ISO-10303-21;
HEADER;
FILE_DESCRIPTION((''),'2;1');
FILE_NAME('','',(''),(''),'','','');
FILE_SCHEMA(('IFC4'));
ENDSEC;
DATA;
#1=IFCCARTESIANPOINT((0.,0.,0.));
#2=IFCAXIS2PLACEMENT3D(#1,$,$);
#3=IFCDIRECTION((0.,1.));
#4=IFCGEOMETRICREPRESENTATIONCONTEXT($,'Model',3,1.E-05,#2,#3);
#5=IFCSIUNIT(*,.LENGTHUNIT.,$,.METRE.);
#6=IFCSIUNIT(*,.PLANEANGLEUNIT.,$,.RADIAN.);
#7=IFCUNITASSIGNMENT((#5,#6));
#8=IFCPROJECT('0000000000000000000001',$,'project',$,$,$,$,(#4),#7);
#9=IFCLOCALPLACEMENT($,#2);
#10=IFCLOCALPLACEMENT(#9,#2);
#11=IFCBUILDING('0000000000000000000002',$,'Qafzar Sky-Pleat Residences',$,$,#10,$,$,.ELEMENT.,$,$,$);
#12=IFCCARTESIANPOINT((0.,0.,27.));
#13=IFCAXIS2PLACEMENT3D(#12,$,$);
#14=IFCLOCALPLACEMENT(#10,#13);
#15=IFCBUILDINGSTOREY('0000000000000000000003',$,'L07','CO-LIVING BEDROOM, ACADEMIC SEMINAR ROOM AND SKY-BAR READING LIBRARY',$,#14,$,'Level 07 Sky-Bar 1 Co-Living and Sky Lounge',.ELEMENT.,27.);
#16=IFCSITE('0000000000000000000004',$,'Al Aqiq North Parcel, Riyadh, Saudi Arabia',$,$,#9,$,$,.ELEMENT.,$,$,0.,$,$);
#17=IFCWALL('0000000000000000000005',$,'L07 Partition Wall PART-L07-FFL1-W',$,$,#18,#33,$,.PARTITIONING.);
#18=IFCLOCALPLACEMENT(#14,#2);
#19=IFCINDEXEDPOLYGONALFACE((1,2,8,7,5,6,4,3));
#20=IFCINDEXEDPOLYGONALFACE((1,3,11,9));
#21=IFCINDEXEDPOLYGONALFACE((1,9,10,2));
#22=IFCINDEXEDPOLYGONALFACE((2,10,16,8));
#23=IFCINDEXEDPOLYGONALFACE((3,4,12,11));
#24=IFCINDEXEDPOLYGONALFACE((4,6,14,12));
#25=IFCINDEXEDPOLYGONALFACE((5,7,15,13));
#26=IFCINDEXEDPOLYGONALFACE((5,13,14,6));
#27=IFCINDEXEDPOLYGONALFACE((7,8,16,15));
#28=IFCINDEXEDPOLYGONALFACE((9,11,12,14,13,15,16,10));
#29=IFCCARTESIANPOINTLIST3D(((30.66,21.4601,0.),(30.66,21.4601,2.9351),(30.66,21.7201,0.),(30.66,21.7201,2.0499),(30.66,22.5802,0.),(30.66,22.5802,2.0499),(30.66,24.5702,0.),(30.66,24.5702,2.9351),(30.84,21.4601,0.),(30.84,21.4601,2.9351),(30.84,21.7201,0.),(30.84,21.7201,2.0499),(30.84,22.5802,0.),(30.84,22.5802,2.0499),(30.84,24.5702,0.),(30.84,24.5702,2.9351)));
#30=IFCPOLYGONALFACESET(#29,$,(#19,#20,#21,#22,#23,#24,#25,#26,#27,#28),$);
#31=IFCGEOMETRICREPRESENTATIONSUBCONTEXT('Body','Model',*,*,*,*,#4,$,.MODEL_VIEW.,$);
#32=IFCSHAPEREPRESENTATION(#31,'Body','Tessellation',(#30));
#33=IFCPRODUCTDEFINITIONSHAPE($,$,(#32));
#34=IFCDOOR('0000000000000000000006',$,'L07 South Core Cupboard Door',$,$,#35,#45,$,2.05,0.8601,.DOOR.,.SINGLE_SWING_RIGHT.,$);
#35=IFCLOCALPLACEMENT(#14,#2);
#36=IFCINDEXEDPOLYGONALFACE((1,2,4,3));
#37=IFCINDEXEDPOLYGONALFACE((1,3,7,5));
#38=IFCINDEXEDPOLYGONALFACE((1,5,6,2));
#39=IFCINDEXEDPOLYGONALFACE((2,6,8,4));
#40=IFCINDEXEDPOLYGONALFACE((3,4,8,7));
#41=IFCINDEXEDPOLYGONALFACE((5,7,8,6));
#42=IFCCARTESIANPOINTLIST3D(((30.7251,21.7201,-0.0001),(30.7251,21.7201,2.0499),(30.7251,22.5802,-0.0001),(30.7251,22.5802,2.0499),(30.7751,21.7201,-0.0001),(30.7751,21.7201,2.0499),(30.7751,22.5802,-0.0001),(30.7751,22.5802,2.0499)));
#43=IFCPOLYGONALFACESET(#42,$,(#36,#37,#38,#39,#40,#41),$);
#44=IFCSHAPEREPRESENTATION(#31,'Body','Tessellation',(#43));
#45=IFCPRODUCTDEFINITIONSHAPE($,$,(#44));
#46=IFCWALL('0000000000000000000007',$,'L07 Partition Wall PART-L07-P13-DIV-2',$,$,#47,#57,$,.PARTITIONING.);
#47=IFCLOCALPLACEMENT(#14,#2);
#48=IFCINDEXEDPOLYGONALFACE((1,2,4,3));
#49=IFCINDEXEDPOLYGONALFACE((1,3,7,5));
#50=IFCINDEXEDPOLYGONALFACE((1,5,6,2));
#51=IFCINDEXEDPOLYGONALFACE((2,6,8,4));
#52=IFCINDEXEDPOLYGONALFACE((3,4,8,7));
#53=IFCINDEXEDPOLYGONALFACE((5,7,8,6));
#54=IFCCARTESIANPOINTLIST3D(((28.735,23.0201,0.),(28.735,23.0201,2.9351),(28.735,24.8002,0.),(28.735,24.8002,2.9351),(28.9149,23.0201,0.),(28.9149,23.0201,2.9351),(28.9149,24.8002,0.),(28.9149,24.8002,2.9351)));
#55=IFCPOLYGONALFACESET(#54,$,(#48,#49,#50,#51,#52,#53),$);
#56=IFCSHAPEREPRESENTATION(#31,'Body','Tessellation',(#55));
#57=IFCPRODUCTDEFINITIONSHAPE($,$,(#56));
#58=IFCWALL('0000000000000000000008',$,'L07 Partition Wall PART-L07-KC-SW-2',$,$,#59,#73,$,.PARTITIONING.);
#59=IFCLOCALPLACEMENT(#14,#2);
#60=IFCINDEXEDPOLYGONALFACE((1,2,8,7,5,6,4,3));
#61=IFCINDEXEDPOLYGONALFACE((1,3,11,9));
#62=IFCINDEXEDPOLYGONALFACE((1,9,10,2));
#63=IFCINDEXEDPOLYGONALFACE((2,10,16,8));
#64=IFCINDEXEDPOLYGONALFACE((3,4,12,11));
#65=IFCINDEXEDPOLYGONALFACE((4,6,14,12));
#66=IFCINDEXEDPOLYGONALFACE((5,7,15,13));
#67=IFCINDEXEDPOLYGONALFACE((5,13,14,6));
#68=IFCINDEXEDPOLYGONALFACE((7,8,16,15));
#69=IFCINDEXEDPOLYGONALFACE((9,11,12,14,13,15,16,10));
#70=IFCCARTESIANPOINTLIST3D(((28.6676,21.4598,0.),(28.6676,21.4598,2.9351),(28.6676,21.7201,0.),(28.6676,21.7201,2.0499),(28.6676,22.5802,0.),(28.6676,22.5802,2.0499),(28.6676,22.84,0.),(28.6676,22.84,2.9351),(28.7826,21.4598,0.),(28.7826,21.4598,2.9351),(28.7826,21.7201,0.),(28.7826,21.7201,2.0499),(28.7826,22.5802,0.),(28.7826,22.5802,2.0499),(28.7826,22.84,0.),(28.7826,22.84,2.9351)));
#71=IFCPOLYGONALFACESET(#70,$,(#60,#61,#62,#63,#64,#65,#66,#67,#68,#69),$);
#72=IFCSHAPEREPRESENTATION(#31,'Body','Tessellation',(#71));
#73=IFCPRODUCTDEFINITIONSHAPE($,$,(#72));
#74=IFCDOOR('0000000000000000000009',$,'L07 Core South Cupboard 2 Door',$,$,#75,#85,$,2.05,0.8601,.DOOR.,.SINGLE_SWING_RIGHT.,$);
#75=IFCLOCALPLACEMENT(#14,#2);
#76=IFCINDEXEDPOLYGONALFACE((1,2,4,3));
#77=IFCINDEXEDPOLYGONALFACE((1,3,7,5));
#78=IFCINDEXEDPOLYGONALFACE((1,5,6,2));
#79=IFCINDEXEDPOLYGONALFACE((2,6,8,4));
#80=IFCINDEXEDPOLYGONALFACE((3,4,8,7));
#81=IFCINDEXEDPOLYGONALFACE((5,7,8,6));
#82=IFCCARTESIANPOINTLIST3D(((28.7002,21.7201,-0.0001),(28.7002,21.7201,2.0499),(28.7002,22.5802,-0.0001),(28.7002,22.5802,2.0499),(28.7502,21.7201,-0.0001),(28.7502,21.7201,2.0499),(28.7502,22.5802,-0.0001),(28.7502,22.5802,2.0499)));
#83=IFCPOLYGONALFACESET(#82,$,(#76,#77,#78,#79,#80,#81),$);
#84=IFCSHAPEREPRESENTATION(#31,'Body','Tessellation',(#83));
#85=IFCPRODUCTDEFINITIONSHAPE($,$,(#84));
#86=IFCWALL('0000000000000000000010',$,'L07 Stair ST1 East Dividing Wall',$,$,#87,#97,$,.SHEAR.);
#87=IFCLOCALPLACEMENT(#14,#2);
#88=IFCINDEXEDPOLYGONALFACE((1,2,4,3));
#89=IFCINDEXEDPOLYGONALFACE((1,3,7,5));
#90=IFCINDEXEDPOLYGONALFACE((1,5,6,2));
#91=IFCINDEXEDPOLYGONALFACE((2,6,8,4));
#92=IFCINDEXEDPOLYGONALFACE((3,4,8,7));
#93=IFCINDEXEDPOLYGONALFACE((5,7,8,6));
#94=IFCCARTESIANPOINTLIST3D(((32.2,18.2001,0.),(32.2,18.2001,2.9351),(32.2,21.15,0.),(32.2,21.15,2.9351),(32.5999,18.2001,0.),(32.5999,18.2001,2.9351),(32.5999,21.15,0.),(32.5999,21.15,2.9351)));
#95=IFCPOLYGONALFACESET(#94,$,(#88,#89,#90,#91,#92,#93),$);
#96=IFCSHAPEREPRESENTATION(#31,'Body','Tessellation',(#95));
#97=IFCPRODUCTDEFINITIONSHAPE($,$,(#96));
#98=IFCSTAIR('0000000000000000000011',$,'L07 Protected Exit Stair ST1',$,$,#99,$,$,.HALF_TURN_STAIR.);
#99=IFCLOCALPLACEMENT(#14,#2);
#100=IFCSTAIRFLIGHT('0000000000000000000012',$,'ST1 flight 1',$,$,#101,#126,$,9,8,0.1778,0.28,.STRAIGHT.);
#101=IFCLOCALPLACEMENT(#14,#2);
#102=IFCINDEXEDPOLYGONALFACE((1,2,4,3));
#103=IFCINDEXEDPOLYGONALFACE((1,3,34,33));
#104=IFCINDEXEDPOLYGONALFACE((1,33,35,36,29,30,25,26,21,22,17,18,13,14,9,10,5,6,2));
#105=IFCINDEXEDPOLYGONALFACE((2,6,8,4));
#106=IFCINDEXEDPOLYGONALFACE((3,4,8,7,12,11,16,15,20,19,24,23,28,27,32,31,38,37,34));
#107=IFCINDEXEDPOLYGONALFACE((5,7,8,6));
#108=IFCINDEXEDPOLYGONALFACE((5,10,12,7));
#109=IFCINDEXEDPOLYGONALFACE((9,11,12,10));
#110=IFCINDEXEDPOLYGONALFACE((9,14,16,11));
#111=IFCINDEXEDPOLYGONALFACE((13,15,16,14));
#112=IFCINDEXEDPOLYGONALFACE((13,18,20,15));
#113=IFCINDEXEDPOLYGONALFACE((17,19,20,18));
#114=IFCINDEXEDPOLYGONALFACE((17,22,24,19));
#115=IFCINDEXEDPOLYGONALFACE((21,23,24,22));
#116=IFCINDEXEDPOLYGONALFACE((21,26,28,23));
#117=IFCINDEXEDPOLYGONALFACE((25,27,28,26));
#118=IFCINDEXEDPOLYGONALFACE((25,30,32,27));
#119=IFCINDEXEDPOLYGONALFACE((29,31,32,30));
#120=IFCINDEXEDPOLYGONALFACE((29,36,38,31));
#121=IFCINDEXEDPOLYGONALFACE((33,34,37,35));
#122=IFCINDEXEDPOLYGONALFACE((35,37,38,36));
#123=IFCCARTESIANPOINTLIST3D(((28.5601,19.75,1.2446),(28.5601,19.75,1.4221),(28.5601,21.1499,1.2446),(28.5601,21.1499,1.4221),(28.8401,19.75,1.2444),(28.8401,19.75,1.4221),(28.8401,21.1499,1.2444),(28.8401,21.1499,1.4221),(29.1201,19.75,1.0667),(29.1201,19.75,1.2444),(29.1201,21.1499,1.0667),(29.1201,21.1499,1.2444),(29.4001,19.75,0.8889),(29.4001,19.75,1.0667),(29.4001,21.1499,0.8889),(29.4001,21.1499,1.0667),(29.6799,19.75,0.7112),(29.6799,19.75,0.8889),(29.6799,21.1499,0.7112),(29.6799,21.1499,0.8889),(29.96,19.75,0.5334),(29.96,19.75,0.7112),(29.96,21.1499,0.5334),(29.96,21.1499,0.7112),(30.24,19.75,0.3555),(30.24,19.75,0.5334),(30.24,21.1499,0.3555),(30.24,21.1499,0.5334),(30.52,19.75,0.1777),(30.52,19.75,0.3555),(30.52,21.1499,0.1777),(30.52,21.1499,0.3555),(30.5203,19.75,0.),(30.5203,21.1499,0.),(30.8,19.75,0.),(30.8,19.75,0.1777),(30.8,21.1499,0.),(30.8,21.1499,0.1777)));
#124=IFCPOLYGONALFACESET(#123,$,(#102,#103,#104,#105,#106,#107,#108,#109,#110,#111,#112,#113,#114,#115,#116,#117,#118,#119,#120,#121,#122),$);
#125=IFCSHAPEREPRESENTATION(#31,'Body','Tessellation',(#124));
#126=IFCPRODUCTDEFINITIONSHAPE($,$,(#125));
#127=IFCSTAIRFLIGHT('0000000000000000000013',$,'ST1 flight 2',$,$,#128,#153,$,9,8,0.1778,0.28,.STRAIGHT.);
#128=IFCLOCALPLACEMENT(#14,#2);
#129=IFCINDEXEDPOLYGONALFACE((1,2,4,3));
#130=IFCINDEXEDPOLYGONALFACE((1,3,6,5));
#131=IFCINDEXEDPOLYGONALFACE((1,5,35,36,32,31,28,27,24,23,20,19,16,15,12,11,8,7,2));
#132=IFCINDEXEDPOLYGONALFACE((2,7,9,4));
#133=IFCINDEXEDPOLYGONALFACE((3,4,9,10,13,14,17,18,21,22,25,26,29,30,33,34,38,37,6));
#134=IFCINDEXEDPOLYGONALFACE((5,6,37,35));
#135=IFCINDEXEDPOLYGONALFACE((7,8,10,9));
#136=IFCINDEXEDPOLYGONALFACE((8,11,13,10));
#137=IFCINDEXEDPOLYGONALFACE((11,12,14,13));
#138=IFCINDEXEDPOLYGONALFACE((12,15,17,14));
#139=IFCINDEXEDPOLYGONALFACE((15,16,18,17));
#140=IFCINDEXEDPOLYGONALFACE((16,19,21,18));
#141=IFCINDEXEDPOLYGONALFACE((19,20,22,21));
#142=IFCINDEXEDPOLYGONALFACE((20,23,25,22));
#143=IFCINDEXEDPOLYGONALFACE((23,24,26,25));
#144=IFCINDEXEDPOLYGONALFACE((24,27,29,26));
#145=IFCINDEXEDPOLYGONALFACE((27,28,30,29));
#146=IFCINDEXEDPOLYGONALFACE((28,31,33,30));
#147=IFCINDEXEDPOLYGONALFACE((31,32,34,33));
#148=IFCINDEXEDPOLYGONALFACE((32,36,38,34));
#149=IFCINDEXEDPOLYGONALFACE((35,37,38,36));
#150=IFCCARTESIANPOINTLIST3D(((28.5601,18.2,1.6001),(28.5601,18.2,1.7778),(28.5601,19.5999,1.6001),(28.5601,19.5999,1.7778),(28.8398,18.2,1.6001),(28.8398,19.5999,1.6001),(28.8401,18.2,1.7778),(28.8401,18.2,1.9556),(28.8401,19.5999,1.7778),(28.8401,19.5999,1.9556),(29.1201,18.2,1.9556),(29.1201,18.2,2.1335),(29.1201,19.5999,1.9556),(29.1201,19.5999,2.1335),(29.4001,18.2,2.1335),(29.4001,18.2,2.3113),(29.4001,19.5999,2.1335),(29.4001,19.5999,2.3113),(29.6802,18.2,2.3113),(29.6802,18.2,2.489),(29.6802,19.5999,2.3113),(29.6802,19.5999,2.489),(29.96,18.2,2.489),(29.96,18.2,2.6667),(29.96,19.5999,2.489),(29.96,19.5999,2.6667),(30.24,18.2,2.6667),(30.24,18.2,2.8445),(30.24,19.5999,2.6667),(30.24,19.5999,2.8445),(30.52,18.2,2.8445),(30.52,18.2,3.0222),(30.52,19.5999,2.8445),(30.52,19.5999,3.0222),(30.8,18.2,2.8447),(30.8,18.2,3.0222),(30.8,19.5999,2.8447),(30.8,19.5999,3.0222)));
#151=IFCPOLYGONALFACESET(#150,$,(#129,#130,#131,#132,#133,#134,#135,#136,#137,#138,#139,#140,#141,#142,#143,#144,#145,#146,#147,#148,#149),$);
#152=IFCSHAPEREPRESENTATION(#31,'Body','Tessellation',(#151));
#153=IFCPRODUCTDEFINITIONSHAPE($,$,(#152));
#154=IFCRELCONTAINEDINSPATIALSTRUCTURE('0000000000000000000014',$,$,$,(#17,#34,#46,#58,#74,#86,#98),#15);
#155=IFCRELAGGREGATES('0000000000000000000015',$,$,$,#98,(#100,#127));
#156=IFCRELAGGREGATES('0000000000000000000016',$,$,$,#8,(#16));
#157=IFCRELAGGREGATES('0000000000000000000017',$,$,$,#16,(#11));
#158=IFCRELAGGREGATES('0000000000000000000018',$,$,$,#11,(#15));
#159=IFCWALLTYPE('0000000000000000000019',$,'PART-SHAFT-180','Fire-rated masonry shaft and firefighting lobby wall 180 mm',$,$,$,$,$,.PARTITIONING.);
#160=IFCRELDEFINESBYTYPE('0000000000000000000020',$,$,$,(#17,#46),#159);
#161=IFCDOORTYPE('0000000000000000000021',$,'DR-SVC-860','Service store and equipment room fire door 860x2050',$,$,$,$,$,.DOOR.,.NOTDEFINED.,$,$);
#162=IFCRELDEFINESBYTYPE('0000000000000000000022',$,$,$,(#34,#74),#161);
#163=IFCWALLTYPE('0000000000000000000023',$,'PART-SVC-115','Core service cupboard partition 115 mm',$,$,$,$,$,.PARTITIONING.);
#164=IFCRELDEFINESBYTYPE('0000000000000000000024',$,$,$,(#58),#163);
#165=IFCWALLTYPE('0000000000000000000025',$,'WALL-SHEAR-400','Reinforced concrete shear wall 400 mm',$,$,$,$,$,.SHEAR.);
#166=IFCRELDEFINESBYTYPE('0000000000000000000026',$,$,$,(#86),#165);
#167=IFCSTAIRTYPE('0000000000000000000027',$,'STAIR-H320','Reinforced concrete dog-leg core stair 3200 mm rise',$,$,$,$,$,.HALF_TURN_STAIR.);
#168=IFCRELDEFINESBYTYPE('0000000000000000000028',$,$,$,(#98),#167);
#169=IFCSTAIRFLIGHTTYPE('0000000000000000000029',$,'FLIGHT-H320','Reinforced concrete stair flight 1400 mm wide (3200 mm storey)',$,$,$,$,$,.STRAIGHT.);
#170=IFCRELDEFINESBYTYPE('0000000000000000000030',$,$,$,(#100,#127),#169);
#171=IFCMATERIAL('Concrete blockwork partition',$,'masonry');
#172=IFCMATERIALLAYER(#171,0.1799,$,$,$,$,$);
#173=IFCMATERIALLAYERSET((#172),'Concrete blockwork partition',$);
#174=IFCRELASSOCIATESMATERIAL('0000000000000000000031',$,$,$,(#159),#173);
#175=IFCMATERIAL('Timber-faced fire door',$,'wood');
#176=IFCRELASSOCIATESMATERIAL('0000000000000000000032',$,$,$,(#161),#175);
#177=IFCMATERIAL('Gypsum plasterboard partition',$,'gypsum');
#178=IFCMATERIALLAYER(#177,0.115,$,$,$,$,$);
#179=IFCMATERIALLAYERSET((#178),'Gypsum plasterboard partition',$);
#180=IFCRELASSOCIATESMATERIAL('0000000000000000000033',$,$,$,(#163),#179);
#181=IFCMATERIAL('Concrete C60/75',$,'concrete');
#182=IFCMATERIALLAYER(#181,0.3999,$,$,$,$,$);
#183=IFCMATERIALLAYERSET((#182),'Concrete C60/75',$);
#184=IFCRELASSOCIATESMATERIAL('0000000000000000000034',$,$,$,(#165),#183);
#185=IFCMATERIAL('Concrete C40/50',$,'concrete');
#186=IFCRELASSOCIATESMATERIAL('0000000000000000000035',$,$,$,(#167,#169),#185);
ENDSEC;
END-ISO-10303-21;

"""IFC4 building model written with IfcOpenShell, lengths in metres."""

from ifc_helpers import new_model, si_unit, direction, frame, frame_2d, origin, place, context, subcontext, project, spatial, polyline, rectangle, outline, extrude, source, transform, mapped, material, layer, layer_set, type_object, element, fill, aggregate, save


model = new_model("IFC4")

# Units and contexts
model_context = context("Model", 3, precision=1e-05, world=origin(), true_north=direction((0.0, 1.0)))
body_context = subcontext(model_context, "Body", "Model", "MODEL_VIEW")
ifc_project = project(units=[si_unit("LENGTHUNIT", "METRE"), si_unit("PLANEANGLEUNIT", "RADIAN")], contexts=[model_context])

# Site, building, storey
site_placement = place(None, origin())
site = spatial("IfcSite", under=ifc_project, at=site_placement, Name="Al Aqiq North Parcel, Riyadh, Saudi Arabia", CompositionType="ELEMENT", RefElevation=0.0)
building_placement = place(site_placement, origin())
building = spatial("IfcBuilding", under=site, at=building_placement, Name="Qafzar Sky-Pleat Residences", CompositionType="ELEMENT")
storey_placement = place(building_placement, frame((0.0, 0.0, 27.0)))
storey = spatial("IfcBuildingStorey", under=building, at=storey_placement, Name="L07", Description="CO-LIVING BEDROOM, ACADEMIC SEMINAR ROOM AND SKY-BAR READING LIBRARY", LongName="Level 07 Sky-Bar 1 Co-Living and Sky Lounge", CompositionType="ELEMENT", Elevation=27.0)

# Wall, opening, door
ifc_material_1 = material(Name="Concrete blockwork partition", Category="masonry")
ifc_layer_1 = layer(ifc_material_1, 0.1799)
ifc_layer_set_1 = layer_set([ifc_layer_1], Name="Concrete blockwork partition")
wall_type_1 = type_object("IfcWallType", Name="PART-SHAFT-180", Description="Fire-rated masonry shaft and firefighting lobby wall 180 mm", PredefinedType="PARTITIONING", material=ifc_layer_set_1)
wall_1_placement = place(storey_placement, frame((30.75, 21.46, 0.0), z_axis=(0.0, 0.0, 1.0), x_axis=(0.0, 1.0, 0.0)))
wall_1 = element("IfcWall", 1, at=wall_1_placement, inside=storey, type_object=wall_type_1, Name="L07 Partition Wall PART-L07-FFL1-W", PredefinedType="PARTITIONING", context=body_context, shape_type="SweptSolid", body=[
    extrude(rectangle(XDim=3.1101, YDim=0.1799, at=frame_2d((1.5552, 0.0))), origin(), (0.0, 0.0, 1.0), 2.9351),
])
opening_1_placement = place(wall_1_placement, frame((0.26, 0.0, 0.0)))
opening_1 = element("IfcOpeningElement", 2, at=opening_1_placement, cuts=wall_1, PredefinedType="OPENING", context=body_context, shape_type="SweptSolid", body=[
    extrude(rectangle(XDim=0.8601, YDim=2.05, at=frame_2d((0.4302, 1.0249))), frame((0.0, 0.1001, 0.0), z_axis=(0.0, -1.0, 0.0), x_axis=(1.0, 0.0, 0.0)), (0.0, 0.0, 1.0), 0.2),
])
ifc_material_2 = material(Name="Timber-faced fire door", Category="wood")
door_type_1 = type_object("IfcDoorType", Name="DR-SVC-860", Description="Service store and equipment room fire door 860x2050", OperationType="NOTDEFINED", PredefinedType="DOOR", material=ifc_material_2)
shared_shape_1 = source(origin(), body_context, "Body", "SweptSolid", [
    extrude(rectangle(XDim=0.8601, YDim=2.05, at=frame_2d((0.4302, 1.0249))), frame((0.0, 0.0249, 0.0), z_axis=(0.0, -1.0, 0.0), x_axis=(1.0, 0.0, 0.0)), (0.0, 0.0, 1.0), 0.05),
])
door_1_placement = place(opening_1_placement, origin())
door_1 = element("IfcDoor", 3, at=door_1_placement, inside=storey, type_object=door_type_1, Name="L07 South Core Cupboard Door", OperationType="SINGLE_SWING_RIGHT", OverallHeight=2.05, OverallWidth=0.8601, PredefinedType="DOOR", context=body_context, shape_type="MappedRepresentation", body=[
    mapped(shared_shape_1, transform((0.0, 0.0, 0.0), x_axis=(1.0, 0.0, 0.0), y_axis=(0.0, 1.0, 0.0), z_axis=(0.0, 0.0, 1.0), scale=1.0)),
])
fill(opening_1, door_1)

# Wall
wall_2_placement = place(storey_placement, frame((28.825, 23.02, 0.0), z_axis=(0.0, 0.0, 1.0), x_axis=(0.0, 1.0, 0.0)))
element("IfcWall", 4, at=wall_2_placement, inside=storey, type_object=wall_type_1, Name="L07 Partition Wall PART-L07-P13-DIV-2", PredefinedType="PARTITIONING", context=body_context, shape_type="SweptSolid", body=[
    extrude(rectangle(XDim=1.78, YDim=0.1799, at=frame_2d((0.8901, 0.0))), origin(), (0.0, 0.0, 1.0), 2.9351),
])

# Wall, opening, door
ifc_material_3 = material(Name="Gypsum plasterboard partition", Category="gypsum")
ifc_layer_2 = layer(ifc_material_3, 0.115)
ifc_layer_set_2 = layer_set([ifc_layer_2], Name="Gypsum plasterboard partition")
wall_type_2 = type_object("IfcWallType", Name="PART-SVC-115", Description="Core service cupboard partition 115 mm", PredefinedType="PARTITIONING", material=ifc_layer_set_2)
wall_3_placement = place(storey_placement, frame((28.7251, 21.46, 0.0), z_axis=(0.0, 0.0, 1.0), x_axis=(0.0, 1.0, 0.0)))
wall_3 = element("IfcWall", 5, at=wall_3_placement, inside=storey, type_object=wall_type_2, Name="L07 Partition Wall PART-L07-KC-SW-2", PredefinedType="PARTITIONING", context=body_context, shape_type="SweptSolid", body=[
    extrude(rectangle(XDim=1.3801, YDim=0.115, at=frame_2d((0.6899, 0.0))), origin(), (0.0, 0.0, 1.0), 2.9351),
])
opening_2_placement = place(wall_3_placement, frame((0.26, 0.0, 0.0)))
opening_2 = element("IfcOpeningElement", 6, at=opening_2_placement, cuts=wall_3, PredefinedType="OPENING", context=body_context, shape_type="SweptSolid", body=[
    extrude(rectangle(XDim=0.8601, YDim=2.05, at=frame_2d((0.4302, 1.0249))), frame((0.0, 0.0674, 0.0), z_axis=(0.0, -1.0, 0.0), x_axis=(1.0, 0.0, 0.0)), (0.0, 0.0, 1.0), 0.135),
])
door_2_placement = place(opening_2_placement, origin())
door_2 = element("IfcDoor", 7, at=door_2_placement, inside=storey, type_object=door_type_1, Name="L07 Core South Cupboard 2 Door", OperationType="SINGLE_SWING_RIGHT", OverallHeight=2.05, OverallWidth=0.8601, PredefinedType="DOOR", context=body_context, shape_type="MappedRepresentation", body=[
    mapped(shared_shape_1, transform((0.0, 0.0, 0.0), x_axis=(1.0, 0.0, 0.0), y_axis=(0.0, 1.0, 0.0), z_axis=(0.0, 0.0, 1.0), scale=1.0)),
])
fill(opening_2, door_2)

# Wall
ifc_material_4 = material(Name="Concrete C60/75", Category="concrete")
ifc_layer_3 = layer(ifc_material_4, 0.3999)
ifc_layer_set_3 = layer_set([ifc_layer_3], Name="Concrete C60/75")
wall_type_3 = type_object("IfcWallType", Name="WALL-SHEAR-400", Description="Reinforced concrete shear wall 400 mm", PredefinedType="SHEAR", material=ifc_layer_set_3)
wall_4_placement = place(storey_placement, frame((32.3999, 18.2, 0.0), z_axis=(0.0, 0.0, 1.0), x_axis=(0.0, 1.0, 0.0)))
element("IfcWall", 8, at=wall_4_placement, inside=storey, type_object=wall_type_3, Name="L07 Stair ST1 East Dividing Wall", PredefinedType="SHEAR", context=body_context, shape_type="SweptSolid", body=[
    extrude(rectangle(XDim=2.95, YDim=0.3999, at=frame_2d((1.4751, 0.0))), origin(), (0.0, 0.0, 1.0), 2.9351),
])

# Stair, stair flights
ifc_material_5 = material(Name="Concrete C40/50", Category="concrete")
stair_type = type_object("IfcStairType", Name="STAIR-H320", Description="Reinforced concrete dog-leg core stair 3200 mm rise", PredefinedType="HALF_TURN_STAIR", material=ifc_material_5)
stair_placement = place(storey_placement, origin())
stair = element("IfcStair", 9, at=stair_placement, inside=storey, type_object=stair_type, Name="L07 Protected Exit Stair ST1", PredefinedType="HALF_TURN_STAIR")
stair_flight_type = type_object("IfcStairFlightType", Name="FLIGHT-H320", Description="Reinforced concrete stair flight 1400 mm wide (3200 mm storey)", PredefinedType="STRAIGHT", material=ifc_material_5)
shared_shape_2 = source(origin(), body_context, "Body", "SweptSolid", [
    extrude(outline(polyline([(0.0, 0.0), (0.0, 0.1777), (0.28, 0.1777), (0.28, 0.3555), (0.5601, 0.3555), (0.5601, 0.5334), (0.8401, 0.5334), (0.8401, 0.7112), (1.1201, 0.7112), (1.1201, 0.8889), (1.3999, 0.8889), (1.3999, 1.0667), (1.6799, 1.0667), (1.6799, 1.2444), (1.96, 1.2444), (1.96, 1.4221), (2.24, 1.4221), (2.24, 1.6001), (2.24, 1.2446), (0.2798, 0.0), (0.0, 0.0)])), frame((0.0, 0.7, 0.0), z_axis=(0.0, -1.0, 0.0), x_axis=(1.0, 0.0, 0.0)), (0.0, 0.0, 1.0), 1.3999),
])
stair_flight_1_placement = place(storey_placement, frame((30.8, 20.45, 0.0), z_axis=(0.0, 0.0, 1.0), x_axis=(-1.0, 0.0, 0.0)))
stair_flight_1 = element("IfcStairFlight", 10, at=stair_flight_1_placement, type_object=stair_flight_type, Name="ST1 flight 1", NumberOfRisers=9, NumberOfTreads=8, PredefinedType="STRAIGHT", RiserHeight=0.1778, TreadLength=0.28, context=body_context, shape_type="MappedRepresentation", body=[
    mapped(shared_shape_2, transform((0.0, 0.0, 0.0), x_axis=(1.0, 0.0, 0.0), y_axis=(0.0, 1.0, 0.0), z_axis=(0.0, 0.0, 1.0), scale=1.0)),
])
stair_flight_2_placement = place(storey_placement, frame((28.5601, 18.8999, 1.6001), z_axis=(0.0, 0.0, 1.0), x_axis=(1.0, 0.0, 0.0)))
stair_flight_2 = element("IfcStairFlight", 11, at=stair_flight_2_placement, type_object=stair_flight_type, Name="ST1 flight 2", NumberOfRisers=9, NumberOfTreads=8, PredefinedType="STRAIGHT", RiserHeight=0.1778, TreadLength=0.28, context=body_context, shape_type="MappedRepresentation", body=[
    mapped(shared_shape_2, transform((0.0, 0.0, 0.0), x_axis=(1.0, 0.0, 0.0), y_axis=(0.0, 1.0, 0.0), z_axis=(0.0, 0.0, 1.0), scale=1.0)),
])
aggregate(stair, [stair_flight_1, stair_flight_2])

save(model, "model.ifc")
